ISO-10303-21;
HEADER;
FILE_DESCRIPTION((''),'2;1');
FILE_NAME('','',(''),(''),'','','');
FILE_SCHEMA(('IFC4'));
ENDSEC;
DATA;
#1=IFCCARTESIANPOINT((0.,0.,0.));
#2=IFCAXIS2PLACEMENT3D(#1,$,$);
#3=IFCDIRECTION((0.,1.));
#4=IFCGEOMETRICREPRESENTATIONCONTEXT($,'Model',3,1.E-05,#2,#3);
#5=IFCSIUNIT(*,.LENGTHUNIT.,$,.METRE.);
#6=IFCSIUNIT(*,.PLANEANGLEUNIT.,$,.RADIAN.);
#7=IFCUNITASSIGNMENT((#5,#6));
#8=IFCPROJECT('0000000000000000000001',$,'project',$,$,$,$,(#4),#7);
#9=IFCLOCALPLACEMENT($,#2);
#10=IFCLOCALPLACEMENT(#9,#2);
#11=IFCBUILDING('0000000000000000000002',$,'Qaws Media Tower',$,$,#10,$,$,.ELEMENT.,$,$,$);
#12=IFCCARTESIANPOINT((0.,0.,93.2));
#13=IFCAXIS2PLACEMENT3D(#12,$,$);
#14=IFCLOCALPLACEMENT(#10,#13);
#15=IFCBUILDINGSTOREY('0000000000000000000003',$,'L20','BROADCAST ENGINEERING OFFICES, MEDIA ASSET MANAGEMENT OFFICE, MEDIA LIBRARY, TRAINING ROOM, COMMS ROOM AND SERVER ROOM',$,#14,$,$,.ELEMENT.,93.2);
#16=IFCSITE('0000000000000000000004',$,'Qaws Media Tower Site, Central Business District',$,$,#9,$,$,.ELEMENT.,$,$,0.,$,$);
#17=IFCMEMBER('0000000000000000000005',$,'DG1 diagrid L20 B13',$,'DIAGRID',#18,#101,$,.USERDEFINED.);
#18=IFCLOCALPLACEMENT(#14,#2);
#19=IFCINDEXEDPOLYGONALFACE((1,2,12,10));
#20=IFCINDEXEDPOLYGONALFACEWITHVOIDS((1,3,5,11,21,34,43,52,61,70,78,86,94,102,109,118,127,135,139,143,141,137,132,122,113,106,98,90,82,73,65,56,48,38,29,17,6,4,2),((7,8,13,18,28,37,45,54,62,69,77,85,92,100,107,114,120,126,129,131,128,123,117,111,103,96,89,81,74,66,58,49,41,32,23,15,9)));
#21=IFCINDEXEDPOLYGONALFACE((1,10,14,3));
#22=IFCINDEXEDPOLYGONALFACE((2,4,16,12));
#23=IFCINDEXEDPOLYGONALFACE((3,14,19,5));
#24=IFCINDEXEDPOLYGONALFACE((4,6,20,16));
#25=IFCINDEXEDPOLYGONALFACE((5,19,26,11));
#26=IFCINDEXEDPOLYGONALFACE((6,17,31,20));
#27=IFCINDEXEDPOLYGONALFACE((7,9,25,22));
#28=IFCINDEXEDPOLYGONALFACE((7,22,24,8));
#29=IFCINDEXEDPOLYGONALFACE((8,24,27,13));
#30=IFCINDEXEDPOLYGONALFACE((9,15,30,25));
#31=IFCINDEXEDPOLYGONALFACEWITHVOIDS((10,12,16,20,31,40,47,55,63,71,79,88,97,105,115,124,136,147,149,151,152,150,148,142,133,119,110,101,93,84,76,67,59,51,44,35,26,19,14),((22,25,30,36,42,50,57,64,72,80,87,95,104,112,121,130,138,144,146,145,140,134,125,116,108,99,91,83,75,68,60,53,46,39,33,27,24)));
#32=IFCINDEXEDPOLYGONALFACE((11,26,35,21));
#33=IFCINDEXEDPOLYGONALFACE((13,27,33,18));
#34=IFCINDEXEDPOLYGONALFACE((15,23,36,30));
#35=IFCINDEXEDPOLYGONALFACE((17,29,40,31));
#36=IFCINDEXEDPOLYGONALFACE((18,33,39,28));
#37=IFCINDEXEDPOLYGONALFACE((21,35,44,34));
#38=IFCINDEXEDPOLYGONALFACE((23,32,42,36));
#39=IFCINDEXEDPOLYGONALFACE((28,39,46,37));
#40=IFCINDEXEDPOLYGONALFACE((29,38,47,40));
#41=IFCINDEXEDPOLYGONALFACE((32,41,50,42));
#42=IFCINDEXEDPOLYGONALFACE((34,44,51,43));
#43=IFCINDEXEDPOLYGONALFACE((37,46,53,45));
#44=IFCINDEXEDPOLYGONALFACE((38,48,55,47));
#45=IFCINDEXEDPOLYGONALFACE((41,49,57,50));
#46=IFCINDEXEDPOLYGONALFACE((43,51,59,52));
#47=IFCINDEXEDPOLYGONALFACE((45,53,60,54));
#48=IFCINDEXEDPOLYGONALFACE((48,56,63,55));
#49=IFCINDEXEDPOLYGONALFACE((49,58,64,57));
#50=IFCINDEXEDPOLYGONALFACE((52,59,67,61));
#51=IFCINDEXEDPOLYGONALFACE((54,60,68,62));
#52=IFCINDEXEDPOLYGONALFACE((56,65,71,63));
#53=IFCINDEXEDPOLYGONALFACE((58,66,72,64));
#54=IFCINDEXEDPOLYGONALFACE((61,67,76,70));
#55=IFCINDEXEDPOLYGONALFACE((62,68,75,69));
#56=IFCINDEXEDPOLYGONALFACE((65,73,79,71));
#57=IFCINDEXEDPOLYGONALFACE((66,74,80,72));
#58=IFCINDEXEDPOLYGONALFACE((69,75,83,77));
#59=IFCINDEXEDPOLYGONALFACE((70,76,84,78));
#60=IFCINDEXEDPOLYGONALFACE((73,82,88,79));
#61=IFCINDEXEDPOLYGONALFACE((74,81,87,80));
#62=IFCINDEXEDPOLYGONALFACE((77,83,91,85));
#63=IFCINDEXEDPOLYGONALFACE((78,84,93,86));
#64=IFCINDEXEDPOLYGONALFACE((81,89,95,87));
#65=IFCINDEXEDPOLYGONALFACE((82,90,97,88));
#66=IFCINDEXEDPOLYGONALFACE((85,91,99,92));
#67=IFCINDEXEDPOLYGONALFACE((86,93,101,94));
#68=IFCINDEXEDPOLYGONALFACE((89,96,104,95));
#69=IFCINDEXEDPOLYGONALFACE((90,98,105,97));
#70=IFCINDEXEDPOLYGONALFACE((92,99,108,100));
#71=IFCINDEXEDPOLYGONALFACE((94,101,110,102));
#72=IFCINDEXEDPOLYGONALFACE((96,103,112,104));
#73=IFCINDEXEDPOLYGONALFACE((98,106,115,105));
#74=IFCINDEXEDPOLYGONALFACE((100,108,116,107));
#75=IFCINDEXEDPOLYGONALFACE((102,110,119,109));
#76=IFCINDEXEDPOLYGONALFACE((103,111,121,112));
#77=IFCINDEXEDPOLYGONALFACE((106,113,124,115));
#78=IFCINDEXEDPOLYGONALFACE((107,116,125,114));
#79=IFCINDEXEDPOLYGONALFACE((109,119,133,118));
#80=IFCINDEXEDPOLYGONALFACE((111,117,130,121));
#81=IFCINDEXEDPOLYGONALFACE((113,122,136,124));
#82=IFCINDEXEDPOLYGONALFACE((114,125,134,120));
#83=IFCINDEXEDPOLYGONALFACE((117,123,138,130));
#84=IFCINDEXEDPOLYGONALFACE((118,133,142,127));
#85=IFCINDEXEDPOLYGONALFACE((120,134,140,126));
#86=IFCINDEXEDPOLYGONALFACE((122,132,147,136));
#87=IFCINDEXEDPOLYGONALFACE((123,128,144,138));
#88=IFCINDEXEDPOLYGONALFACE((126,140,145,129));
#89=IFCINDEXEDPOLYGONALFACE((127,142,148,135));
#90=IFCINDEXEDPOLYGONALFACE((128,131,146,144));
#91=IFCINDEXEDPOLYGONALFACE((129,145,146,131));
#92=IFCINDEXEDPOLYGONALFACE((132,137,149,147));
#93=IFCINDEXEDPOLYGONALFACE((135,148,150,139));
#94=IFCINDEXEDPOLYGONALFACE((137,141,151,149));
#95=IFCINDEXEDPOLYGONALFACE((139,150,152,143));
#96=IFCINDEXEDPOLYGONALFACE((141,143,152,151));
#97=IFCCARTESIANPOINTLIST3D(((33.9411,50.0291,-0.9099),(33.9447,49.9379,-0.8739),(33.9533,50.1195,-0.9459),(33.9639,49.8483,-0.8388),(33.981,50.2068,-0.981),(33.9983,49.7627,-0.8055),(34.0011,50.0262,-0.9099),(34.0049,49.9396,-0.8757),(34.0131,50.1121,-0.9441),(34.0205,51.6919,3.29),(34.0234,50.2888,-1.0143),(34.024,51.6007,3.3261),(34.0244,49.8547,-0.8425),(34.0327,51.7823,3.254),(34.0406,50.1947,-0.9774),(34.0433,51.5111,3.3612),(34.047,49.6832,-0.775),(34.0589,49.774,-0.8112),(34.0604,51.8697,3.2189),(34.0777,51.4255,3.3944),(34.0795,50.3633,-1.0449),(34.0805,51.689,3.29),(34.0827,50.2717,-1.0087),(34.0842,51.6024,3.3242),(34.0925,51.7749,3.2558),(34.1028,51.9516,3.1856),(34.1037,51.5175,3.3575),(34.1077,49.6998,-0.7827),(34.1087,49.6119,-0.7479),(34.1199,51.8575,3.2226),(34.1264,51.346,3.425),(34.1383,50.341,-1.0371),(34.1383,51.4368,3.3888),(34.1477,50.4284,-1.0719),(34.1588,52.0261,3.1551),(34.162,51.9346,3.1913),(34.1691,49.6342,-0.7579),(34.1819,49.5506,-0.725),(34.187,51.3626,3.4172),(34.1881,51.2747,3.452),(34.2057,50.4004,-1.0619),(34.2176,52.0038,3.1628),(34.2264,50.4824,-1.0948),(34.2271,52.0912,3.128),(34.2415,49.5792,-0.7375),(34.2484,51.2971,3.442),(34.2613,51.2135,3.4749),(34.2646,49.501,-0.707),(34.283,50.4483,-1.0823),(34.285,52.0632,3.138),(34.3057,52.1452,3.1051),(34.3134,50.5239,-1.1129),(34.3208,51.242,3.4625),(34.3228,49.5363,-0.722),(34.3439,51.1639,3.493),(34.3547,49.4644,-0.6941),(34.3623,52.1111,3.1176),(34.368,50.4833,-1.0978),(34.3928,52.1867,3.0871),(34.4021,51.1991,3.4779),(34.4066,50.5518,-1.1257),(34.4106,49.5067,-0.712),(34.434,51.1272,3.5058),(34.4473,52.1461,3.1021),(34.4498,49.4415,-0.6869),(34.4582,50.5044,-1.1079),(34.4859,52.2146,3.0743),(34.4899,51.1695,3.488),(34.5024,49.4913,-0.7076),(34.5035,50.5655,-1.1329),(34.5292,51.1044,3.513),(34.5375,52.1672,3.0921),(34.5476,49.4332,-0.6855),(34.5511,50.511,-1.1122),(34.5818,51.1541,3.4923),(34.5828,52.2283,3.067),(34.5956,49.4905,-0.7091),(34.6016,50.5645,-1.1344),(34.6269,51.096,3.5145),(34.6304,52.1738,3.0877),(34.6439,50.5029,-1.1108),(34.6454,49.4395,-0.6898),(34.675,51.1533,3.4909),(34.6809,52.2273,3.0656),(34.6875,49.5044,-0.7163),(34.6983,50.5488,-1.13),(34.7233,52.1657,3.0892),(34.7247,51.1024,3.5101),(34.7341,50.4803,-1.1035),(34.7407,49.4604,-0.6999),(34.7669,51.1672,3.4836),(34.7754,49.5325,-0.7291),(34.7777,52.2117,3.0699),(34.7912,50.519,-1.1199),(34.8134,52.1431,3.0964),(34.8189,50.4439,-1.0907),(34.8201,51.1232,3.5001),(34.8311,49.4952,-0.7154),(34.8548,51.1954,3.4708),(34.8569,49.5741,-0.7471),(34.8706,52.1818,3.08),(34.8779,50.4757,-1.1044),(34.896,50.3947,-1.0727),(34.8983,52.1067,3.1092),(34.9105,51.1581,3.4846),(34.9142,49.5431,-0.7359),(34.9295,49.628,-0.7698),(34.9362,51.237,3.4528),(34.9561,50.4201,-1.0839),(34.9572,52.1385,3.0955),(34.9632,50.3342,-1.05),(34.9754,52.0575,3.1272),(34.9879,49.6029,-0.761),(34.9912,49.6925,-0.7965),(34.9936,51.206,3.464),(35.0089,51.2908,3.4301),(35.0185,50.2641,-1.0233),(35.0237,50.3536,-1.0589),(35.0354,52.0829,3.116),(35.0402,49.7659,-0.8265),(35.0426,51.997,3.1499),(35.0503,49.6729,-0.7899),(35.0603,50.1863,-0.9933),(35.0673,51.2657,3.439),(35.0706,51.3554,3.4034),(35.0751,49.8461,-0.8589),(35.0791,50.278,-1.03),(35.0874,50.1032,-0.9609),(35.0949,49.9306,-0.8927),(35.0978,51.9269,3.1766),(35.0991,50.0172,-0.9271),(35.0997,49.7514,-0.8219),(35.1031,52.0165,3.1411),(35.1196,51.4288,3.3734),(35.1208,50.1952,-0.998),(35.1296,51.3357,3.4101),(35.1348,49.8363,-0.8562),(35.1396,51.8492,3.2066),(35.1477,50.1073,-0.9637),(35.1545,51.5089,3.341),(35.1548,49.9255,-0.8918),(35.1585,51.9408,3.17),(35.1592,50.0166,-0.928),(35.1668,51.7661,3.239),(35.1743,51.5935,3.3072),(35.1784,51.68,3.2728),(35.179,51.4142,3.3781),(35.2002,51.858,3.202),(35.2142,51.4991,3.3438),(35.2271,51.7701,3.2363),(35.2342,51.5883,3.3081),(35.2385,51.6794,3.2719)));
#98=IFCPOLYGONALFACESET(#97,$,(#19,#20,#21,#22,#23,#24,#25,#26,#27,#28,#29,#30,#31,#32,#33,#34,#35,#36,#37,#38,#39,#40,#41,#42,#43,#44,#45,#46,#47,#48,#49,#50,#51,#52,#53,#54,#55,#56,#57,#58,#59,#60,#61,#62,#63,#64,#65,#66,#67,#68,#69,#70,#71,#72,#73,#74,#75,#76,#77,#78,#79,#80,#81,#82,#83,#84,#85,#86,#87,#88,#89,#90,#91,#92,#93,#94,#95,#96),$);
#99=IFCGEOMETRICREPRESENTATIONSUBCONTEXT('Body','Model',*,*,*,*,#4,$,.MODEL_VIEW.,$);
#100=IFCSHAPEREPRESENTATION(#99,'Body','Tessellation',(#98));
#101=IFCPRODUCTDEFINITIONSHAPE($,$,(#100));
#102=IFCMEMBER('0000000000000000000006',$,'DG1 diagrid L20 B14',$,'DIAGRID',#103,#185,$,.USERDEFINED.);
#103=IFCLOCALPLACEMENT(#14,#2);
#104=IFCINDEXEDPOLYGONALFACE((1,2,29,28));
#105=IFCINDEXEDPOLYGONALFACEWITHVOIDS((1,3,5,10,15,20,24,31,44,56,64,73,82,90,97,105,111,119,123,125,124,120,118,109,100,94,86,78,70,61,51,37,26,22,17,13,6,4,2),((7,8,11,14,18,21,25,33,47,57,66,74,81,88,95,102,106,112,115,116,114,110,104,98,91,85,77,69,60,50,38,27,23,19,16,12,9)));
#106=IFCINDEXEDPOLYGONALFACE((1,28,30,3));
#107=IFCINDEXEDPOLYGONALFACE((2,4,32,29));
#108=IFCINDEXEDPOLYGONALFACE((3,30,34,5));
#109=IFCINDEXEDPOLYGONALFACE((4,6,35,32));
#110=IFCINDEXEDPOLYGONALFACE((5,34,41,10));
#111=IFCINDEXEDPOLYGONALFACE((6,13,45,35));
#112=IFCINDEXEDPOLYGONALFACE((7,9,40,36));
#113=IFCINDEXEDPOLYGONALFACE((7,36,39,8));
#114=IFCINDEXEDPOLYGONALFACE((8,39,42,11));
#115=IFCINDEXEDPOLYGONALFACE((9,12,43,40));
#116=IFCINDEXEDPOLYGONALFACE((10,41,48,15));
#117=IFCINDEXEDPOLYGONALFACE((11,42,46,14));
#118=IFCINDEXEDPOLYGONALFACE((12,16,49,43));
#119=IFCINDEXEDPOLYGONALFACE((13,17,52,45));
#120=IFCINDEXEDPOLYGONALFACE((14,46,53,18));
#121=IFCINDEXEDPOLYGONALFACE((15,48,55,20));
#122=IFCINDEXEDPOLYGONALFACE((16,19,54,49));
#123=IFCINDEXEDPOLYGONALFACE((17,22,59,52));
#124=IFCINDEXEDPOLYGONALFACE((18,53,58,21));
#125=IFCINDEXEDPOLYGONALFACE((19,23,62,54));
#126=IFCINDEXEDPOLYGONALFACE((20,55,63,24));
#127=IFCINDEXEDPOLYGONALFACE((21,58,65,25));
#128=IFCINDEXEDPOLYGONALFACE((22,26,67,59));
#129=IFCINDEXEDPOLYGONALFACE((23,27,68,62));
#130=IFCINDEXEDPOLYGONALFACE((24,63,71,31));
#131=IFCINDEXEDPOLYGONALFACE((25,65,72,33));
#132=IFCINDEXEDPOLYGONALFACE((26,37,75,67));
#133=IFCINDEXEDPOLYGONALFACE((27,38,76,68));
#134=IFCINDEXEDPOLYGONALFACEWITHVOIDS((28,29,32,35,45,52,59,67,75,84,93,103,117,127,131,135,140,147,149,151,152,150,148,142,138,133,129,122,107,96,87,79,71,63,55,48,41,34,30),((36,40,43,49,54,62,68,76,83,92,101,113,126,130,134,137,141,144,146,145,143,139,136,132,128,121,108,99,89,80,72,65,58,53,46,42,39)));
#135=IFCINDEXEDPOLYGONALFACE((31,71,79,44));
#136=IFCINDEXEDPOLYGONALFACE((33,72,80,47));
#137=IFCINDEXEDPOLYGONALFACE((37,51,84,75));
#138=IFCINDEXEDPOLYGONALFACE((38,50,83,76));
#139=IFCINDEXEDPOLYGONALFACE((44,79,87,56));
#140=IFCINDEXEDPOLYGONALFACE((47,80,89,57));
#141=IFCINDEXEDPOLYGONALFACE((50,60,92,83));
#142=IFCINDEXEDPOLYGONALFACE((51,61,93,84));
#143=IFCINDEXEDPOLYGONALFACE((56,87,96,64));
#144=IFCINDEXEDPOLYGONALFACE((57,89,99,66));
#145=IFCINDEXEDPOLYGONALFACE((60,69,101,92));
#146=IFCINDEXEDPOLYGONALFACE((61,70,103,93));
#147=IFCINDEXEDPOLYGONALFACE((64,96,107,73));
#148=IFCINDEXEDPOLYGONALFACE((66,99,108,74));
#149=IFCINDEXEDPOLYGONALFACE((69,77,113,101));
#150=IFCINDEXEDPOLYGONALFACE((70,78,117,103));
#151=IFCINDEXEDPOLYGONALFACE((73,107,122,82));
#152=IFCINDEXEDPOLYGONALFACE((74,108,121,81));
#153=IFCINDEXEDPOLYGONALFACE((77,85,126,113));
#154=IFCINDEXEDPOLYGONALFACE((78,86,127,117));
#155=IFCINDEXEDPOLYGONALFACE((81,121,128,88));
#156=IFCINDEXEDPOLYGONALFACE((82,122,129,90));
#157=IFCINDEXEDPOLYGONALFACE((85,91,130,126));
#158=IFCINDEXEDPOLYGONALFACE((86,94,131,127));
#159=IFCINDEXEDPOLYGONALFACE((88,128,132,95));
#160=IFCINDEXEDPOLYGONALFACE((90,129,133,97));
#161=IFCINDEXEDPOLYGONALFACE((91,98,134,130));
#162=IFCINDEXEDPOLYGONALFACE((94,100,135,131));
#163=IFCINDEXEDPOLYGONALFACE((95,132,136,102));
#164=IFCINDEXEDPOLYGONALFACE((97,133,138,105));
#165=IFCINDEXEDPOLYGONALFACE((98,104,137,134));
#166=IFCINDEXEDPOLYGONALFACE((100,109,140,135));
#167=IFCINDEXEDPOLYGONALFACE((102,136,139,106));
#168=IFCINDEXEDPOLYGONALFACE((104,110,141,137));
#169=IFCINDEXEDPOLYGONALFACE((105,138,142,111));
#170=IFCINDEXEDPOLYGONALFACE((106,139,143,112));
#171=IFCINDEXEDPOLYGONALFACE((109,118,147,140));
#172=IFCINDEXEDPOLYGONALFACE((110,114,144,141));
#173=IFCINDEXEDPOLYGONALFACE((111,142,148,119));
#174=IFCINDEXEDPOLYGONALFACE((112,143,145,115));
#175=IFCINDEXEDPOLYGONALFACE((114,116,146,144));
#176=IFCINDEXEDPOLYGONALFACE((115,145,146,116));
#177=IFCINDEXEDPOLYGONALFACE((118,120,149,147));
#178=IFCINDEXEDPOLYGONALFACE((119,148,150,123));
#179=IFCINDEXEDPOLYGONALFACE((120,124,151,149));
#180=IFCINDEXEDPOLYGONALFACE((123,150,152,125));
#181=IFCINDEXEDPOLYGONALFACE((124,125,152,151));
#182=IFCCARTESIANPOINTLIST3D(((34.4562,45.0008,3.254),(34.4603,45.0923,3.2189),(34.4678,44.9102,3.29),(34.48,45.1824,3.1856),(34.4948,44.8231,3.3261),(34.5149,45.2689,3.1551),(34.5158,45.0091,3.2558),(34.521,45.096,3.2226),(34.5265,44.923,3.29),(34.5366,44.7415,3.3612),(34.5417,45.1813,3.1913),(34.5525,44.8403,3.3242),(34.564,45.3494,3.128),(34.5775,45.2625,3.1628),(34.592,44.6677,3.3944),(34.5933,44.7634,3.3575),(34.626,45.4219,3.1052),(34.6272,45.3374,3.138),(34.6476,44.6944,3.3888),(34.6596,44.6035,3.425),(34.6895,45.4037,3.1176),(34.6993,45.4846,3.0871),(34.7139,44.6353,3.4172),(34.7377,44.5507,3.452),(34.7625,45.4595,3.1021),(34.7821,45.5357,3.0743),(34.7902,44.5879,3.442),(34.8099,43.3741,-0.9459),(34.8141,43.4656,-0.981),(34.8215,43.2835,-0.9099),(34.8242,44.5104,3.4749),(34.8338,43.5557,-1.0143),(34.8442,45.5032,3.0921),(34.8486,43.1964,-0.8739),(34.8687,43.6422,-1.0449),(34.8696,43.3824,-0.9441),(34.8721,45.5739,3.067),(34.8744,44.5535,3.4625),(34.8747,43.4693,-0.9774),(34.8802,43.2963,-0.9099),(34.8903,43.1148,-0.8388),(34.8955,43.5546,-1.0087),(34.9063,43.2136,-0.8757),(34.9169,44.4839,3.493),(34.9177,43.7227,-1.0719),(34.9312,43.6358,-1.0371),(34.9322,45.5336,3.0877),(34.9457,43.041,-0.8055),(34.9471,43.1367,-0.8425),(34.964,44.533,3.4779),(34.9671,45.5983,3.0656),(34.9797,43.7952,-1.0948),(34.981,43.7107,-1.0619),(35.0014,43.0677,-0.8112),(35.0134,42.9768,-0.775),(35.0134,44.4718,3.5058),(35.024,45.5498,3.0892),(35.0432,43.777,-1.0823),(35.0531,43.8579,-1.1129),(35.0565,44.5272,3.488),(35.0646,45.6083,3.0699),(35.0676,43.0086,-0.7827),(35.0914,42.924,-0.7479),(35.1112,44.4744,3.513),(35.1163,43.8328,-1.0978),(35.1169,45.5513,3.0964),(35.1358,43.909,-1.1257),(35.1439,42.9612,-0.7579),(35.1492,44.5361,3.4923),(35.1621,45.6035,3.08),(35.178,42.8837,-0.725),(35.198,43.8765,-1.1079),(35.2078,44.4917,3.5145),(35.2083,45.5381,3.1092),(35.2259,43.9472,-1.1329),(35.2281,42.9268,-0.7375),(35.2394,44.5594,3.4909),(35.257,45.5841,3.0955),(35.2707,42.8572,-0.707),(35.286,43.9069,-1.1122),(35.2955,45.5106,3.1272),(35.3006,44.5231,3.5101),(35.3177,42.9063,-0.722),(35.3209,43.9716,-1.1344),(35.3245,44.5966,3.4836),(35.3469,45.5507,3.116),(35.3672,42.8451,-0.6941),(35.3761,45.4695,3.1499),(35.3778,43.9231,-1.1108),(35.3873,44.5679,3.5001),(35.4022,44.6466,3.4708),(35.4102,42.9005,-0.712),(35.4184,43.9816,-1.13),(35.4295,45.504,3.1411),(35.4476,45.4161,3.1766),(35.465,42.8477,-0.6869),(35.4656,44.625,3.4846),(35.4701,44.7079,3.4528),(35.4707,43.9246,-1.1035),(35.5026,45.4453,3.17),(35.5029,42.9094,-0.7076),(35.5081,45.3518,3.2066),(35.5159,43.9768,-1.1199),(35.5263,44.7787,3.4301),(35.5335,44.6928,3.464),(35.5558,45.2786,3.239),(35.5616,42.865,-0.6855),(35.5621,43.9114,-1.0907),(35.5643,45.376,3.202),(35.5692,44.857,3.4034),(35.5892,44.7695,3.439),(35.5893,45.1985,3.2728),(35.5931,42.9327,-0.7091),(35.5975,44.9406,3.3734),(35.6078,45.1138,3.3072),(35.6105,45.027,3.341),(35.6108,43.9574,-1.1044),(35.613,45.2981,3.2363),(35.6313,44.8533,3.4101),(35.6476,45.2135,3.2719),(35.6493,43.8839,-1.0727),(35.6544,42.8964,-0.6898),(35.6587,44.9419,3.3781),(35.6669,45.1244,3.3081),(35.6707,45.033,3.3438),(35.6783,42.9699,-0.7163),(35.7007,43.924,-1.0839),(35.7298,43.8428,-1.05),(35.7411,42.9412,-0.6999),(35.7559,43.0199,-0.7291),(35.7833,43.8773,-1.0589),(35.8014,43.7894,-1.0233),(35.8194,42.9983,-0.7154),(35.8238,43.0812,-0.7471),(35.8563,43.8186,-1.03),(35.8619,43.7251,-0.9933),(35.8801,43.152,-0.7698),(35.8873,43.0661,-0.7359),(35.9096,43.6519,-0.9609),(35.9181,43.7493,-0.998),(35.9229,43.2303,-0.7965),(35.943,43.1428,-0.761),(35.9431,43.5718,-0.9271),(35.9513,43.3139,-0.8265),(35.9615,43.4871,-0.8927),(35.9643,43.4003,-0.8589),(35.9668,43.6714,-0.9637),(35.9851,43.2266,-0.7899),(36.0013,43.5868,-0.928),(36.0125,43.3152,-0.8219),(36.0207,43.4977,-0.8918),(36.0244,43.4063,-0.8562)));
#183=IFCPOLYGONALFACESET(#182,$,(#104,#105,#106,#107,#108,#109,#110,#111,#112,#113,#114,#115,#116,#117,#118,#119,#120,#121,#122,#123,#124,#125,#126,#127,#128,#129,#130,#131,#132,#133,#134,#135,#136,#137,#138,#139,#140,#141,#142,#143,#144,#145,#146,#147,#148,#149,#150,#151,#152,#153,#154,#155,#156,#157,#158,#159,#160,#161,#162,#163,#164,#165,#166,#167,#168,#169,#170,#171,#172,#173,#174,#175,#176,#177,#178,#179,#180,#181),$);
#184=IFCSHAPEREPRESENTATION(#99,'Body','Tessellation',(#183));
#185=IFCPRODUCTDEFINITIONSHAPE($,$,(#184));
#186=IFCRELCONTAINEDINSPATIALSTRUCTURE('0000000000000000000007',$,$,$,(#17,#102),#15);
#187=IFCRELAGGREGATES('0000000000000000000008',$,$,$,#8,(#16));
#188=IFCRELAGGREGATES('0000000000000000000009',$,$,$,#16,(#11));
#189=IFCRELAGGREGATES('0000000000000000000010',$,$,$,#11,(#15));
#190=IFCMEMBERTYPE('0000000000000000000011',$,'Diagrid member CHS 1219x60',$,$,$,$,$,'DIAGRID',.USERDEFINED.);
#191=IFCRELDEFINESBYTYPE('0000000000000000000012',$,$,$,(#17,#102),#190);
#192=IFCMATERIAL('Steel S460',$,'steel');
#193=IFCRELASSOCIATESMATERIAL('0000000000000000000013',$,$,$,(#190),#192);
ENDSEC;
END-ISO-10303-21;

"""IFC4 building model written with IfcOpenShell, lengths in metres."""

from ifc_helpers import new_model, si_unit, direction, frame, origin, origin_2d, place, context, subcontext, project, spatial, hollow_circle, extrude, material, material_profile, profile_set, type_object, element, save


model = new_model("IFC4")

# Units and contexts
model_context = context("Model", 3, precision=1e-05, world=origin(), true_north=direction((0.0, 1.0)))
body_context = subcontext(model_context, "Body", "Model", "MODEL_VIEW")
ifc_project = project(units=[si_unit("LENGTHUNIT", "METRE"), si_unit("PLANEANGLEUNIT", "RADIAN")], contexts=[model_context])

# Site, building, storey
site_placement = place(None, origin())
site = spatial("IfcSite", under=ifc_project, at=site_placement, Name="Qaws Media Tower Site, Central Business District", CompositionType="ELEMENT", RefElevation=0.0)
building_placement = place(site_placement, origin())
building = spatial("IfcBuilding", under=site, at=building_placement, Name="Qaws Media Tower", CompositionType="ELEMENT")
storey_placement = place(building_placement, frame((0.0, 0.0, 93.2)))
storey = spatial("IfcBuildingStorey", under=building, at=storey_placement, Name="L20", Description="BROADCAST ENGINEERING OFFICES, MEDIA ASSET MANAGEMENT OFFICE, MEDIA LIBRARY, TRAINING ROOM, COMMS ROOM AND SERVER ROOM", CompositionType="ELEMENT", Elevation=93.2)

# Members
ifc_material_1 = material(Name="Steel S460", Category="steel")
ifc_material_profile_1 = material_profile(ifc_material_1, hollow_circle(Radius=0.6096, WallThickness=0.0601, at=origin_2d()), Name="CHS 1219x60")
ifc_profile_set_1 = profile_set([ifc_material_profile_1], Name="Steel S460")
member_type_1 = type_object("IfcMemberType", Name="Diagrid member CHS 1219x60", ElementType="DIAGRID", PredefinedType="USERDEFINED", material=ifc_profile_set_1)
for number, where, z_axis, x_axis, name in (
    (1, (34.55, 50.0, -0.9099), (0.017563, 0.368061, 0.929636), (-0.998863, 0.047663, 0.0), "DG1 diagrid L20 B13"),
    (2, (35.4172, 43.4131, -0.9099), (-0.078303, 0.360063, 0.929636), (-0.97716, -0.212503, 0.0), "DG1 diagrid L20 B14"),
):
    element("IfcMember", number, at=place(storey_placement, frame(where, z_axis=z_axis, x_axis=x_axis)), inside=storey, type_object=member_type_1, Name=name, ObjectType="DIAGRID", PredefinedType="USERDEFINED", context=body_context, shape_type="SweptSolid", body=[
        extrude(hollow_circle(Radius=0.6096, WallThickness=0.0601, at=origin_2d()), origin(), (0.0, 0.0, 1.0), 4.5178),
    ])

save(model, "model.ifc")
